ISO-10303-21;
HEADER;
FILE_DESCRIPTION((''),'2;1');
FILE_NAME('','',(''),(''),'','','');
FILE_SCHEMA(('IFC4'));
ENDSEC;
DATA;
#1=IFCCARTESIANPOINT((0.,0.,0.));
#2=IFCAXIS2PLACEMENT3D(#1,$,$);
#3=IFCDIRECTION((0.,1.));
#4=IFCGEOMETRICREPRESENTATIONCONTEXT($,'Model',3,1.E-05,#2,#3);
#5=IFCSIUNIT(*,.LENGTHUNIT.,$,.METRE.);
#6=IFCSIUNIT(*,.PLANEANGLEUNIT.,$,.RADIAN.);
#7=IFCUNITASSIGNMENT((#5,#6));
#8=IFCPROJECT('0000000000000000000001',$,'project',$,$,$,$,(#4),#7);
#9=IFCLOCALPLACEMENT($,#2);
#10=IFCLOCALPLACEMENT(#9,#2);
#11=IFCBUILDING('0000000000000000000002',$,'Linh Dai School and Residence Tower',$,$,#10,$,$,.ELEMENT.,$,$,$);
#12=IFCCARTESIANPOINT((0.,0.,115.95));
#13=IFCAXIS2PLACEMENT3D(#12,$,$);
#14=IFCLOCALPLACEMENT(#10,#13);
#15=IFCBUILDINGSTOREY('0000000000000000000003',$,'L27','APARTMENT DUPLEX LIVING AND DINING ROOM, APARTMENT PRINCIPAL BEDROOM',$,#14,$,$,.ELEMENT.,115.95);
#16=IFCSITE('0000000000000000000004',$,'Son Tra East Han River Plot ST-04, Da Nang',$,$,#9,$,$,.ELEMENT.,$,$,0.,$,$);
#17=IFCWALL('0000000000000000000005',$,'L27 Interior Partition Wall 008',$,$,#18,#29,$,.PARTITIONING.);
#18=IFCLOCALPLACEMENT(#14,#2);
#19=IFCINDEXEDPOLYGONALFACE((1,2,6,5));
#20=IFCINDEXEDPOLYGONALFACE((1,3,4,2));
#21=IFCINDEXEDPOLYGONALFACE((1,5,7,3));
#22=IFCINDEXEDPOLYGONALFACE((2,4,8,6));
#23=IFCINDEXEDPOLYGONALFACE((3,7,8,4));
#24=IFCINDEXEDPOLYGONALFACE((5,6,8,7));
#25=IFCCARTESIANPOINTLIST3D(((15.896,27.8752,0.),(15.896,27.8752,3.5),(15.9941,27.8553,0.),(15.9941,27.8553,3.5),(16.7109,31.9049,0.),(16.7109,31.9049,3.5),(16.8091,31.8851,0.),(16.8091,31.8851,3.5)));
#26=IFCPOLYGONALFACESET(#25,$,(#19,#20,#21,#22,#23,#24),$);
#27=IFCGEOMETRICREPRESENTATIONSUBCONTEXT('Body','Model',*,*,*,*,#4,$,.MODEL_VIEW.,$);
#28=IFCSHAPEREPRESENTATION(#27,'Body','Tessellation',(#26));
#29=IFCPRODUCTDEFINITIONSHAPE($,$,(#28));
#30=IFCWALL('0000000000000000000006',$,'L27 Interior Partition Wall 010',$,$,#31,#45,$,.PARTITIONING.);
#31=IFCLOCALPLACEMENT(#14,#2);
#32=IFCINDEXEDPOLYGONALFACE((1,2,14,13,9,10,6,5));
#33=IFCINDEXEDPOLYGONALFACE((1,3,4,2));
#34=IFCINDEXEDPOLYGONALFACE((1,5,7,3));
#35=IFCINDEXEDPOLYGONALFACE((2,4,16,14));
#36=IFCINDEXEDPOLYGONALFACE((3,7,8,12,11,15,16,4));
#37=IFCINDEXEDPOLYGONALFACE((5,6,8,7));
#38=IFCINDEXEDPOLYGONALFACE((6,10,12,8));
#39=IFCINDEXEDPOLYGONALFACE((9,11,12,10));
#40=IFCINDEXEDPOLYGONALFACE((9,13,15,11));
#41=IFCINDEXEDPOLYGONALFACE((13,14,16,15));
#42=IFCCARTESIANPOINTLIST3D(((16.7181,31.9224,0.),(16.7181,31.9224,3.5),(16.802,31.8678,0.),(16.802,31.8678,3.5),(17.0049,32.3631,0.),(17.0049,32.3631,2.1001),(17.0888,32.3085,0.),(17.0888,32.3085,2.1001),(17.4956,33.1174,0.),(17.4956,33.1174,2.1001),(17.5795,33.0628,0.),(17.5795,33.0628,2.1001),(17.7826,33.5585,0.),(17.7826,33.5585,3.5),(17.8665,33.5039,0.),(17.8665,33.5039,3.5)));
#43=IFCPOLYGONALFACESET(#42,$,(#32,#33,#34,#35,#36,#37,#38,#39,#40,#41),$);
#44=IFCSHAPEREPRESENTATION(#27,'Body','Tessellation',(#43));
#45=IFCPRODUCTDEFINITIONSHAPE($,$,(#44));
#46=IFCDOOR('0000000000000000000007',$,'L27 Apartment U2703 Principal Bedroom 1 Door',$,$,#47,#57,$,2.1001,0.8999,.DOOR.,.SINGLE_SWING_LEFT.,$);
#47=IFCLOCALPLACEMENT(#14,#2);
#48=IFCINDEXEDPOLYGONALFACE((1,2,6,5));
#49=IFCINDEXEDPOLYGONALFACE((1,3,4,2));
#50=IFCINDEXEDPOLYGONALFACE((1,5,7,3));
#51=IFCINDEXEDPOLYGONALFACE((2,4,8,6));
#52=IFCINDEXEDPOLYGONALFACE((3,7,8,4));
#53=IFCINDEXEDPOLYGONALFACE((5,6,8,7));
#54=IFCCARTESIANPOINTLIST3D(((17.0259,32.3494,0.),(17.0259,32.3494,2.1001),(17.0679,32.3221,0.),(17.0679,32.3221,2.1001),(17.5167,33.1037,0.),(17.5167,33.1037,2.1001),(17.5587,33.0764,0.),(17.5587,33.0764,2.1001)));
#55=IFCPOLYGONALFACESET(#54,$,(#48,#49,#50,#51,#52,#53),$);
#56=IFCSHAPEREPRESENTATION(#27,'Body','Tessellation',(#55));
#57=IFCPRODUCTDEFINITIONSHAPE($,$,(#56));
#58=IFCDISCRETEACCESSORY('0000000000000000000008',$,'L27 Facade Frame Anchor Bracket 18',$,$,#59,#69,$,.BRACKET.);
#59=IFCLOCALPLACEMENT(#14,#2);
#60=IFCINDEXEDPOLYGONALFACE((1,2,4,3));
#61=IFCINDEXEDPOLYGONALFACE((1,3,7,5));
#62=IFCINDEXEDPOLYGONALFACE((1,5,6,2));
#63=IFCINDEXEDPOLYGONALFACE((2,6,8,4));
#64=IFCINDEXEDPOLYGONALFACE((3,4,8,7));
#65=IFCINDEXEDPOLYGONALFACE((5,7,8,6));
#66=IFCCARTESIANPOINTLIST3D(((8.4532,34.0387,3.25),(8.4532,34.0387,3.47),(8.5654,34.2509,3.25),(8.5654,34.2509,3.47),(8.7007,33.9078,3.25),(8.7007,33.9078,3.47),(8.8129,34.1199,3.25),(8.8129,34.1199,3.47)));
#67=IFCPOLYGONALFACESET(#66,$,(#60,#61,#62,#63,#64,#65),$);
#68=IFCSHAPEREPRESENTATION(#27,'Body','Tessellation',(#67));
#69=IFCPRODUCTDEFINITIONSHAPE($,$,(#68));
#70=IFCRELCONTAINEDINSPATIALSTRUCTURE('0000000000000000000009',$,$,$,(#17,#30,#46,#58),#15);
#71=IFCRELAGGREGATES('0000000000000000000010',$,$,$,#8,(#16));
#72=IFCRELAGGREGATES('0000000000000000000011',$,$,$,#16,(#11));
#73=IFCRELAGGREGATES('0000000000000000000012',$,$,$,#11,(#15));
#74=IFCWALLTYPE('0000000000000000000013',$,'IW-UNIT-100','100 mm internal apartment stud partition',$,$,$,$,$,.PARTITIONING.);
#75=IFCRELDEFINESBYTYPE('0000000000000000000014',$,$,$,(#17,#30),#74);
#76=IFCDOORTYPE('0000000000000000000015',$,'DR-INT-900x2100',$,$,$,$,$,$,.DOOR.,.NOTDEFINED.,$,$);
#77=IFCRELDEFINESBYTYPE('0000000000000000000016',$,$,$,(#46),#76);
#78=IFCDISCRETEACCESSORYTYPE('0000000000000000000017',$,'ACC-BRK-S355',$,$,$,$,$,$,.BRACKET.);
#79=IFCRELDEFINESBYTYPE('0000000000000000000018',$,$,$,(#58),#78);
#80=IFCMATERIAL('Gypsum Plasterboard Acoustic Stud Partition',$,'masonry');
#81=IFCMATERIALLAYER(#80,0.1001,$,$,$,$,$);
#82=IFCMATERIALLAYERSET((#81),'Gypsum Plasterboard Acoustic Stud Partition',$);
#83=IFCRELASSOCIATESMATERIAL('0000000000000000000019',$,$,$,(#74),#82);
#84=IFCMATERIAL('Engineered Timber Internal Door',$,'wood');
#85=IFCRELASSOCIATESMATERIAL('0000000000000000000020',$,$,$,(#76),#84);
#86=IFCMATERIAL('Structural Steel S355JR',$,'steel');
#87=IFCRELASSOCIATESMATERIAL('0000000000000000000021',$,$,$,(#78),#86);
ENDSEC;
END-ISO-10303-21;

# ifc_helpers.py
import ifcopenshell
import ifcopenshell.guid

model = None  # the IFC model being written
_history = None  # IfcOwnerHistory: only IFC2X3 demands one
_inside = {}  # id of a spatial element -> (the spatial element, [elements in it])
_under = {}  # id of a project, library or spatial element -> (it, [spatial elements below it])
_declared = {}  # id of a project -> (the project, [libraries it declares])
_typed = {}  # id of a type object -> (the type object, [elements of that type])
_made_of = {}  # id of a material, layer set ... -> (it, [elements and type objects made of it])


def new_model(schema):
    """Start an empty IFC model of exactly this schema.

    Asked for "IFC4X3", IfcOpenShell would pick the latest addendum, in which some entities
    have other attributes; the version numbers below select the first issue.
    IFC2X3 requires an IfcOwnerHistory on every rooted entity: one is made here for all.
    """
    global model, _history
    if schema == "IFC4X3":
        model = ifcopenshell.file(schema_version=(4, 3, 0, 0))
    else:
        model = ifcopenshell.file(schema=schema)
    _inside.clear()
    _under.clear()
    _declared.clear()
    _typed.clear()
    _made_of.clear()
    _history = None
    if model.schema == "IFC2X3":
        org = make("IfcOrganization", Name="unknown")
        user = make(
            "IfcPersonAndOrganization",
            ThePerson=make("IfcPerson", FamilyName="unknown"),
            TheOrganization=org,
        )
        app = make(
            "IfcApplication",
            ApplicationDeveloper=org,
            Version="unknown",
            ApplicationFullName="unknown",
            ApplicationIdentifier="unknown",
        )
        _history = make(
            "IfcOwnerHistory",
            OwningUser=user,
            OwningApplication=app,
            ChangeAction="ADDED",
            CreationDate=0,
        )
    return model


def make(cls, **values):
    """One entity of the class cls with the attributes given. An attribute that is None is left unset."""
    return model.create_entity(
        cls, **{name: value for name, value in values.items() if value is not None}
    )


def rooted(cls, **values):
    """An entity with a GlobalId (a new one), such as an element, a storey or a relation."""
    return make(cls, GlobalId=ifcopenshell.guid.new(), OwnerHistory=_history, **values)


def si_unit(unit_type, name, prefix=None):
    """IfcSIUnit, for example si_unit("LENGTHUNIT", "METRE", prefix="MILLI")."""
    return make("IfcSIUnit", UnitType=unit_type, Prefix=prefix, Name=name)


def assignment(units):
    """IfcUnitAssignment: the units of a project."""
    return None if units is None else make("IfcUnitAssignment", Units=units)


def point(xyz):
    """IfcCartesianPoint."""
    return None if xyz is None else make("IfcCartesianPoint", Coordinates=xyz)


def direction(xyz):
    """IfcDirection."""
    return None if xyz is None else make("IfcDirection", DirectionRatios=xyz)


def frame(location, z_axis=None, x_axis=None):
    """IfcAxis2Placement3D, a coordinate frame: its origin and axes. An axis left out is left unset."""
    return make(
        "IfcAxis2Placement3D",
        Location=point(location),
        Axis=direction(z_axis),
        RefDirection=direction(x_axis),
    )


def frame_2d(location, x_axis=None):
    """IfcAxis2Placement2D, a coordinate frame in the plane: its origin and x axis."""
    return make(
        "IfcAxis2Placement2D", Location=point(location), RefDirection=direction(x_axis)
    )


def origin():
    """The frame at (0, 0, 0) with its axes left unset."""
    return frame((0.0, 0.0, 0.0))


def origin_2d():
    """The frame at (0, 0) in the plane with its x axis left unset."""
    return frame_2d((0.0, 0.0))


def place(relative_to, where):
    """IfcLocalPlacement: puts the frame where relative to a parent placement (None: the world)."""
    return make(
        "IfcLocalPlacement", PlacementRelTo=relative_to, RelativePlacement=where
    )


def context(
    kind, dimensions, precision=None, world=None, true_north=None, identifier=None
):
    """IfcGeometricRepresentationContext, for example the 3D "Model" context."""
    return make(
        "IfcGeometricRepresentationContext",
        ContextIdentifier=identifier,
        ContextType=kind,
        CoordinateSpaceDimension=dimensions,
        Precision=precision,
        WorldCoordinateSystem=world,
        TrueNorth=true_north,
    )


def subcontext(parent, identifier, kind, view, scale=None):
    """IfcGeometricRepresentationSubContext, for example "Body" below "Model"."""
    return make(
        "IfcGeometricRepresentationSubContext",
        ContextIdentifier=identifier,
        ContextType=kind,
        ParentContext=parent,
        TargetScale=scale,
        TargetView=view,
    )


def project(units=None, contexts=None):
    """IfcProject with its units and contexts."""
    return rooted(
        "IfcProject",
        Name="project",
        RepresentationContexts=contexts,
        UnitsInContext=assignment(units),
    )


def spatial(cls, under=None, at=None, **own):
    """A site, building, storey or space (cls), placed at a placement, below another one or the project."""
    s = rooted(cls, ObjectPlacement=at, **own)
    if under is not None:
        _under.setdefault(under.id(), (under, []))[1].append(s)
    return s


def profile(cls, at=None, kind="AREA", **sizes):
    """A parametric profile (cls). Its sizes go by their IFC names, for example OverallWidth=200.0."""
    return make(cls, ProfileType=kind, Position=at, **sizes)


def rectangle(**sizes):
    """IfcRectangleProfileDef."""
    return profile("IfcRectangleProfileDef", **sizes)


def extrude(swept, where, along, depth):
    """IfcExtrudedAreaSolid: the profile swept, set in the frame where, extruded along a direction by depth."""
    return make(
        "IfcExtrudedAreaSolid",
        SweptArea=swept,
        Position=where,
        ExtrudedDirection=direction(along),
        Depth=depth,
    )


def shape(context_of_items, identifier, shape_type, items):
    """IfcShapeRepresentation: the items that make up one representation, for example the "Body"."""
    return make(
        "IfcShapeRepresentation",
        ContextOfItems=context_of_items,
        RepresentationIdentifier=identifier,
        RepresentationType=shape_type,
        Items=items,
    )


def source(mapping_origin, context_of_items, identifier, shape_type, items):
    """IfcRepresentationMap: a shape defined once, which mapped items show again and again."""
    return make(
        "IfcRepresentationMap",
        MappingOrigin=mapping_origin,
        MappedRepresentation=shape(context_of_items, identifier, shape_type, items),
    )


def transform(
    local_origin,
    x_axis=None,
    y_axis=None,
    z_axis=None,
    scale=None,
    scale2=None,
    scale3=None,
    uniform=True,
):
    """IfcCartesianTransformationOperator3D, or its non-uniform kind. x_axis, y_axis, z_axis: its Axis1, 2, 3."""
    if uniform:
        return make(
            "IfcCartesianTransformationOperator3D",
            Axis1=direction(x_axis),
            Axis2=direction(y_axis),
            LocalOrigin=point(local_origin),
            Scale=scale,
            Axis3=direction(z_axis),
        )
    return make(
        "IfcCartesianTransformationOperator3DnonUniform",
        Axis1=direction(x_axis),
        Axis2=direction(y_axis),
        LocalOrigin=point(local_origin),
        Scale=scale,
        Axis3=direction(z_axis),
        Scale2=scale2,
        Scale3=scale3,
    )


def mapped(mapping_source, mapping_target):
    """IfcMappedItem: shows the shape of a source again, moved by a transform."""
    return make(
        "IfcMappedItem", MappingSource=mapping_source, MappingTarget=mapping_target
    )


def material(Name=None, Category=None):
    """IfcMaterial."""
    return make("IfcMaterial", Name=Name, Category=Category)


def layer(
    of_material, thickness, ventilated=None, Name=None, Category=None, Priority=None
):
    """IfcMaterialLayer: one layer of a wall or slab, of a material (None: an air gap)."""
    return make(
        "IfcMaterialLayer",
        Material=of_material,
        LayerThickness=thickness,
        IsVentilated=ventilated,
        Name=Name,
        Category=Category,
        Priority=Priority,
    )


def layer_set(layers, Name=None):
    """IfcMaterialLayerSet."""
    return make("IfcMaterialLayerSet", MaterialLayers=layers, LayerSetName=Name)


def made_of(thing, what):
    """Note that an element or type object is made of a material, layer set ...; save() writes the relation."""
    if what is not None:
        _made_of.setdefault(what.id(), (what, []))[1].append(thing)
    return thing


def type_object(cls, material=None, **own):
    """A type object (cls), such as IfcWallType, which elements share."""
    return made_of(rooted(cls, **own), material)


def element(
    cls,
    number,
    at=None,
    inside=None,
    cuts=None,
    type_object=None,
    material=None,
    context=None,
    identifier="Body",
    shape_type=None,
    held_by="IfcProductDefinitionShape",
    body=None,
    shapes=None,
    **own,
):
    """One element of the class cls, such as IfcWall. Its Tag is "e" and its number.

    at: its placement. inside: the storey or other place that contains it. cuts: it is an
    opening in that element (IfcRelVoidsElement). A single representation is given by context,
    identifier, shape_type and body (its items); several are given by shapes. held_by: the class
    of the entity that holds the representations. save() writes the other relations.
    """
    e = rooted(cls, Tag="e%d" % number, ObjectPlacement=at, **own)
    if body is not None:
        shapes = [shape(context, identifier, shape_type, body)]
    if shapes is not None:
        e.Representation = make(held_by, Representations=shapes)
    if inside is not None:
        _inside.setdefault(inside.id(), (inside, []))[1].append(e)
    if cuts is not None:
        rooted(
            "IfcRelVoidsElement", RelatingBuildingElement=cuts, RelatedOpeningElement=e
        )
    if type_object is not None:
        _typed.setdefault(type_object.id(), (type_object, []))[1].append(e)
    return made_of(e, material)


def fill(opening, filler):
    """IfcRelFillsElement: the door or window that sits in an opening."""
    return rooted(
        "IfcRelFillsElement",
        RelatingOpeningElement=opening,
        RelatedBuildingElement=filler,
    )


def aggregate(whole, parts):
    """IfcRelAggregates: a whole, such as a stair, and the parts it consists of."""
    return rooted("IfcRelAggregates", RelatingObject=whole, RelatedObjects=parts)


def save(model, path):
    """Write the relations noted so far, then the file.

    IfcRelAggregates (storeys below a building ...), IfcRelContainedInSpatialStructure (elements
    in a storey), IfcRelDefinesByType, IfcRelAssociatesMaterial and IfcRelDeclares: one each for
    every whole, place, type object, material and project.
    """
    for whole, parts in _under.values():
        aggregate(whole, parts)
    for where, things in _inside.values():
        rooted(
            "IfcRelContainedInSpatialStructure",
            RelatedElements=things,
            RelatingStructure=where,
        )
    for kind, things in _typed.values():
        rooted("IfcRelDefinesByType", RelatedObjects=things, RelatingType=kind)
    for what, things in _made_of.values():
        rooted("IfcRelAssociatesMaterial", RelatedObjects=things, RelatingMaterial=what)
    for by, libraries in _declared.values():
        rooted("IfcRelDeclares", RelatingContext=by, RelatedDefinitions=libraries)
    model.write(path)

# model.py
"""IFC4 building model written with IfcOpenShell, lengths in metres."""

from ifc_helpers import new_model, si_unit, direction, frame, frame_2d, origin, origin_2d, place, context, subcontext, project, spatial, rectangle, extrude, source, transform, mapped, material, layer, layer_set, type_object, element, fill, save


model = new_model("IFC4")

# Units and contexts
model_context = context("Model", 3, precision=1e-05, world=origin(), true_north=direction((0.0, 1.0)))
body_context = subcontext(model_context, "Body", "Model", "MODEL_VIEW")
ifc_project = project(units=[si_unit("LENGTHUNIT", "METRE"), si_unit("PLANEANGLEUNIT", "RADIAN")], contexts=[model_context])

# Site, building, storey
site_placement = place(None, origin())
site = spatial("IfcSite", under=ifc_project, at=site_placement, Name="Son Tra East Han River Plot ST-04, Da Nang", CompositionType="ELEMENT", RefElevation=0.0)
building_placement = place(site_placement, origin())
building = spatial("IfcBuilding", under=site, at=building_placement, Name="Linh Dai School and Residence Tower", CompositionType="ELEMENT")
storey_placement = place(building_placement, frame((0.0, 0.0, 115.95)))
storey = spatial("IfcBuildingStorey", under=building, at=storey_placement, Name="L27", Description="APARTMENT DUPLEX LIVING AND DINING ROOM, APARTMENT PRINCIPAL BEDROOM", CompositionType="ELEMENT", Elevation=115.95)

# Shared definitions
ifc_material_1 = material(Name="Structural Steel S355JR", Category="steel")

# Shared definitions
ifc_material_2 = material(Name="Gypsum Plasterboard Acoustic Stud Partition", Category="masonry")
ifc_layer_1 = layer(ifc_material_2, 0.1001)
ifc_layer_set_1 = layer_set([ifc_layer_1], Name="Gypsum Plasterboard Acoustic Stud Partition")
wall_type_1 = type_object("IfcWallType", Name="IW-UNIT-100", Description="100 mm internal apartment stud partition", PredefinedType="PARTITIONING", material=ifc_layer_set_1)
ifc_material_3 = material(Name="Engineered Timber Internal Door", Category="wood")
door_type = type_object("IfcDoorType", Name="DR-INT-900x2100", OperationType="NOTDEFINED", PredefinedType="DOOR", material=ifc_material_3)
shared_shape_1 = source(origin(), body_context, "Body", "SweptSolid", [
    extrude(rectangle(XDim=0.8999, YDim=2.1001, at=origin_2d()), frame((0.45, 0.0249, 1.05), z_axis=(0.0, -1.0, 0.0), x_axis=(1.0, 0.0, 0.0)), (0.0, 0.0, 1.0), 0.05),
])

# Wall
wall_1_placement = place(storey_placement, frame((15.9451, 27.8652, 0.0), z_axis=(0.0, 0.0, 1.0), x_axis=(0.198217, 0.980158, 0.0)))
element("IfcWall", 1, at=wall_1_placement, inside=storey, type_object=wall_type_1, Name="L27 Interior Partition Wall 008", PredefinedType="PARTITIONING", context=body_context, shape_type="SweptSolid", body=[
    extrude(rectangle(XDim=4.1113, YDim=0.1001, at=frame_2d((2.0557, 0.0))), origin(), (0.0, 0.0, 1.0), 3.5),
])

# Wall, opening, door
wall_2_placement = place(storey_placement, frame((16.76, 31.895, 0.0), z_axis=(0.0, 0.0, 1.0), x_axis=(0.545371, 0.838195, 0.0)))
wall_2 = element("IfcWall", 2, at=wall_2_placement, inside=storey, type_object=wall_type_1, Name="L27 Interior Partition Wall 010", PredefinedType="PARTITIONING", context=body_context, shape_type="SweptSolid", body=[
    extrude(rectangle(XDim=1.9519, YDim=0.1001, at=frame_2d((0.9761, 0.0))), origin(), (0.0, 0.0, 1.0), 3.5),
])
opening_1_placement = place(wall_2_placement, frame((0.5259, 0.0, 0.0)))
opening_1 = element("IfcOpeningElement", 3, at=opening_1_placement, cuts=wall_2, PredefinedType="OPENING", context=body_context, shape_type="SweptSolid", body=[
    extrude(rectangle(XDim=0.8999, YDim=2.1001, at=origin_2d()), frame((0.45, 0.0601, 1.05), z_axis=(0.0, -1.0, 0.0), x_axis=(1.0, 0.0, 0.0)), (0.0, 0.0, 1.0), 0.1201),
])
door_1_placement = place(opening_1_placement, origin())
door_1 = element("IfcDoor", 4, at=door_1_placement, inside=storey, type_object=door_type, Name="L27 Apartment U2703 Principal Bedroom 1 Door", OperationType="SINGLE_SWING_LEFT", OverallHeight=2.1001, OverallWidth=0.8999, PredefinedType="DOOR", context=body_context, shape_type="MappedRepresentation", body=[
    mapped(shared_shape_1, transform((0.0, 0.0, 0.0), x_axis=(1.0, 0.0, 0.0), y_axis=(0.0, 1.0, 0.0), z_axis=(0.0, 0.0, 1.0), scale=1.0)),
])
fill(opening_1, door_1)

# Discrete accessory
discrete_accessory_type = type_object("IfcDiscreteAccessoryType", Name="ACC-BRK-S355", PredefinedType="BRACKET", material=ifc_material_1)
shared_shape_2 = source(origin(), body_context, "Body", "SweptSolid", [
    extrude(rectangle(XDim=0.28, YDim=0.24, at=origin_2d()), origin(), (0.0, 0.0, 1.0), 0.22),
])
discrete_accessory_placement = place(storey_placement, frame((8.6331, 34.0793, 3.25), z_axis=(0.0, 0.0, 1.0), x_axis=(-0.883942, 0.467596, 0.0)))
element("IfcDiscreteAccessory", 5, at=discrete_accessory_placement, inside=storey, type_object=discrete_accessory_type, Name="L27 Facade Frame Anchor Bracket 18", PredefinedType="BRACKET", context=body_context, shape_type="MappedRepresentation", body=[
    mapped(shared_shape_2, transform((0.0, 0.0, 0.0), x_axis=(1.0, 0.0, 0.0), y_axis=(0.0, 1.0, 0.0), z_axis=(0.0, 0.0, 1.0), scale=1.0)),
])

save(model, "model.ifc")
